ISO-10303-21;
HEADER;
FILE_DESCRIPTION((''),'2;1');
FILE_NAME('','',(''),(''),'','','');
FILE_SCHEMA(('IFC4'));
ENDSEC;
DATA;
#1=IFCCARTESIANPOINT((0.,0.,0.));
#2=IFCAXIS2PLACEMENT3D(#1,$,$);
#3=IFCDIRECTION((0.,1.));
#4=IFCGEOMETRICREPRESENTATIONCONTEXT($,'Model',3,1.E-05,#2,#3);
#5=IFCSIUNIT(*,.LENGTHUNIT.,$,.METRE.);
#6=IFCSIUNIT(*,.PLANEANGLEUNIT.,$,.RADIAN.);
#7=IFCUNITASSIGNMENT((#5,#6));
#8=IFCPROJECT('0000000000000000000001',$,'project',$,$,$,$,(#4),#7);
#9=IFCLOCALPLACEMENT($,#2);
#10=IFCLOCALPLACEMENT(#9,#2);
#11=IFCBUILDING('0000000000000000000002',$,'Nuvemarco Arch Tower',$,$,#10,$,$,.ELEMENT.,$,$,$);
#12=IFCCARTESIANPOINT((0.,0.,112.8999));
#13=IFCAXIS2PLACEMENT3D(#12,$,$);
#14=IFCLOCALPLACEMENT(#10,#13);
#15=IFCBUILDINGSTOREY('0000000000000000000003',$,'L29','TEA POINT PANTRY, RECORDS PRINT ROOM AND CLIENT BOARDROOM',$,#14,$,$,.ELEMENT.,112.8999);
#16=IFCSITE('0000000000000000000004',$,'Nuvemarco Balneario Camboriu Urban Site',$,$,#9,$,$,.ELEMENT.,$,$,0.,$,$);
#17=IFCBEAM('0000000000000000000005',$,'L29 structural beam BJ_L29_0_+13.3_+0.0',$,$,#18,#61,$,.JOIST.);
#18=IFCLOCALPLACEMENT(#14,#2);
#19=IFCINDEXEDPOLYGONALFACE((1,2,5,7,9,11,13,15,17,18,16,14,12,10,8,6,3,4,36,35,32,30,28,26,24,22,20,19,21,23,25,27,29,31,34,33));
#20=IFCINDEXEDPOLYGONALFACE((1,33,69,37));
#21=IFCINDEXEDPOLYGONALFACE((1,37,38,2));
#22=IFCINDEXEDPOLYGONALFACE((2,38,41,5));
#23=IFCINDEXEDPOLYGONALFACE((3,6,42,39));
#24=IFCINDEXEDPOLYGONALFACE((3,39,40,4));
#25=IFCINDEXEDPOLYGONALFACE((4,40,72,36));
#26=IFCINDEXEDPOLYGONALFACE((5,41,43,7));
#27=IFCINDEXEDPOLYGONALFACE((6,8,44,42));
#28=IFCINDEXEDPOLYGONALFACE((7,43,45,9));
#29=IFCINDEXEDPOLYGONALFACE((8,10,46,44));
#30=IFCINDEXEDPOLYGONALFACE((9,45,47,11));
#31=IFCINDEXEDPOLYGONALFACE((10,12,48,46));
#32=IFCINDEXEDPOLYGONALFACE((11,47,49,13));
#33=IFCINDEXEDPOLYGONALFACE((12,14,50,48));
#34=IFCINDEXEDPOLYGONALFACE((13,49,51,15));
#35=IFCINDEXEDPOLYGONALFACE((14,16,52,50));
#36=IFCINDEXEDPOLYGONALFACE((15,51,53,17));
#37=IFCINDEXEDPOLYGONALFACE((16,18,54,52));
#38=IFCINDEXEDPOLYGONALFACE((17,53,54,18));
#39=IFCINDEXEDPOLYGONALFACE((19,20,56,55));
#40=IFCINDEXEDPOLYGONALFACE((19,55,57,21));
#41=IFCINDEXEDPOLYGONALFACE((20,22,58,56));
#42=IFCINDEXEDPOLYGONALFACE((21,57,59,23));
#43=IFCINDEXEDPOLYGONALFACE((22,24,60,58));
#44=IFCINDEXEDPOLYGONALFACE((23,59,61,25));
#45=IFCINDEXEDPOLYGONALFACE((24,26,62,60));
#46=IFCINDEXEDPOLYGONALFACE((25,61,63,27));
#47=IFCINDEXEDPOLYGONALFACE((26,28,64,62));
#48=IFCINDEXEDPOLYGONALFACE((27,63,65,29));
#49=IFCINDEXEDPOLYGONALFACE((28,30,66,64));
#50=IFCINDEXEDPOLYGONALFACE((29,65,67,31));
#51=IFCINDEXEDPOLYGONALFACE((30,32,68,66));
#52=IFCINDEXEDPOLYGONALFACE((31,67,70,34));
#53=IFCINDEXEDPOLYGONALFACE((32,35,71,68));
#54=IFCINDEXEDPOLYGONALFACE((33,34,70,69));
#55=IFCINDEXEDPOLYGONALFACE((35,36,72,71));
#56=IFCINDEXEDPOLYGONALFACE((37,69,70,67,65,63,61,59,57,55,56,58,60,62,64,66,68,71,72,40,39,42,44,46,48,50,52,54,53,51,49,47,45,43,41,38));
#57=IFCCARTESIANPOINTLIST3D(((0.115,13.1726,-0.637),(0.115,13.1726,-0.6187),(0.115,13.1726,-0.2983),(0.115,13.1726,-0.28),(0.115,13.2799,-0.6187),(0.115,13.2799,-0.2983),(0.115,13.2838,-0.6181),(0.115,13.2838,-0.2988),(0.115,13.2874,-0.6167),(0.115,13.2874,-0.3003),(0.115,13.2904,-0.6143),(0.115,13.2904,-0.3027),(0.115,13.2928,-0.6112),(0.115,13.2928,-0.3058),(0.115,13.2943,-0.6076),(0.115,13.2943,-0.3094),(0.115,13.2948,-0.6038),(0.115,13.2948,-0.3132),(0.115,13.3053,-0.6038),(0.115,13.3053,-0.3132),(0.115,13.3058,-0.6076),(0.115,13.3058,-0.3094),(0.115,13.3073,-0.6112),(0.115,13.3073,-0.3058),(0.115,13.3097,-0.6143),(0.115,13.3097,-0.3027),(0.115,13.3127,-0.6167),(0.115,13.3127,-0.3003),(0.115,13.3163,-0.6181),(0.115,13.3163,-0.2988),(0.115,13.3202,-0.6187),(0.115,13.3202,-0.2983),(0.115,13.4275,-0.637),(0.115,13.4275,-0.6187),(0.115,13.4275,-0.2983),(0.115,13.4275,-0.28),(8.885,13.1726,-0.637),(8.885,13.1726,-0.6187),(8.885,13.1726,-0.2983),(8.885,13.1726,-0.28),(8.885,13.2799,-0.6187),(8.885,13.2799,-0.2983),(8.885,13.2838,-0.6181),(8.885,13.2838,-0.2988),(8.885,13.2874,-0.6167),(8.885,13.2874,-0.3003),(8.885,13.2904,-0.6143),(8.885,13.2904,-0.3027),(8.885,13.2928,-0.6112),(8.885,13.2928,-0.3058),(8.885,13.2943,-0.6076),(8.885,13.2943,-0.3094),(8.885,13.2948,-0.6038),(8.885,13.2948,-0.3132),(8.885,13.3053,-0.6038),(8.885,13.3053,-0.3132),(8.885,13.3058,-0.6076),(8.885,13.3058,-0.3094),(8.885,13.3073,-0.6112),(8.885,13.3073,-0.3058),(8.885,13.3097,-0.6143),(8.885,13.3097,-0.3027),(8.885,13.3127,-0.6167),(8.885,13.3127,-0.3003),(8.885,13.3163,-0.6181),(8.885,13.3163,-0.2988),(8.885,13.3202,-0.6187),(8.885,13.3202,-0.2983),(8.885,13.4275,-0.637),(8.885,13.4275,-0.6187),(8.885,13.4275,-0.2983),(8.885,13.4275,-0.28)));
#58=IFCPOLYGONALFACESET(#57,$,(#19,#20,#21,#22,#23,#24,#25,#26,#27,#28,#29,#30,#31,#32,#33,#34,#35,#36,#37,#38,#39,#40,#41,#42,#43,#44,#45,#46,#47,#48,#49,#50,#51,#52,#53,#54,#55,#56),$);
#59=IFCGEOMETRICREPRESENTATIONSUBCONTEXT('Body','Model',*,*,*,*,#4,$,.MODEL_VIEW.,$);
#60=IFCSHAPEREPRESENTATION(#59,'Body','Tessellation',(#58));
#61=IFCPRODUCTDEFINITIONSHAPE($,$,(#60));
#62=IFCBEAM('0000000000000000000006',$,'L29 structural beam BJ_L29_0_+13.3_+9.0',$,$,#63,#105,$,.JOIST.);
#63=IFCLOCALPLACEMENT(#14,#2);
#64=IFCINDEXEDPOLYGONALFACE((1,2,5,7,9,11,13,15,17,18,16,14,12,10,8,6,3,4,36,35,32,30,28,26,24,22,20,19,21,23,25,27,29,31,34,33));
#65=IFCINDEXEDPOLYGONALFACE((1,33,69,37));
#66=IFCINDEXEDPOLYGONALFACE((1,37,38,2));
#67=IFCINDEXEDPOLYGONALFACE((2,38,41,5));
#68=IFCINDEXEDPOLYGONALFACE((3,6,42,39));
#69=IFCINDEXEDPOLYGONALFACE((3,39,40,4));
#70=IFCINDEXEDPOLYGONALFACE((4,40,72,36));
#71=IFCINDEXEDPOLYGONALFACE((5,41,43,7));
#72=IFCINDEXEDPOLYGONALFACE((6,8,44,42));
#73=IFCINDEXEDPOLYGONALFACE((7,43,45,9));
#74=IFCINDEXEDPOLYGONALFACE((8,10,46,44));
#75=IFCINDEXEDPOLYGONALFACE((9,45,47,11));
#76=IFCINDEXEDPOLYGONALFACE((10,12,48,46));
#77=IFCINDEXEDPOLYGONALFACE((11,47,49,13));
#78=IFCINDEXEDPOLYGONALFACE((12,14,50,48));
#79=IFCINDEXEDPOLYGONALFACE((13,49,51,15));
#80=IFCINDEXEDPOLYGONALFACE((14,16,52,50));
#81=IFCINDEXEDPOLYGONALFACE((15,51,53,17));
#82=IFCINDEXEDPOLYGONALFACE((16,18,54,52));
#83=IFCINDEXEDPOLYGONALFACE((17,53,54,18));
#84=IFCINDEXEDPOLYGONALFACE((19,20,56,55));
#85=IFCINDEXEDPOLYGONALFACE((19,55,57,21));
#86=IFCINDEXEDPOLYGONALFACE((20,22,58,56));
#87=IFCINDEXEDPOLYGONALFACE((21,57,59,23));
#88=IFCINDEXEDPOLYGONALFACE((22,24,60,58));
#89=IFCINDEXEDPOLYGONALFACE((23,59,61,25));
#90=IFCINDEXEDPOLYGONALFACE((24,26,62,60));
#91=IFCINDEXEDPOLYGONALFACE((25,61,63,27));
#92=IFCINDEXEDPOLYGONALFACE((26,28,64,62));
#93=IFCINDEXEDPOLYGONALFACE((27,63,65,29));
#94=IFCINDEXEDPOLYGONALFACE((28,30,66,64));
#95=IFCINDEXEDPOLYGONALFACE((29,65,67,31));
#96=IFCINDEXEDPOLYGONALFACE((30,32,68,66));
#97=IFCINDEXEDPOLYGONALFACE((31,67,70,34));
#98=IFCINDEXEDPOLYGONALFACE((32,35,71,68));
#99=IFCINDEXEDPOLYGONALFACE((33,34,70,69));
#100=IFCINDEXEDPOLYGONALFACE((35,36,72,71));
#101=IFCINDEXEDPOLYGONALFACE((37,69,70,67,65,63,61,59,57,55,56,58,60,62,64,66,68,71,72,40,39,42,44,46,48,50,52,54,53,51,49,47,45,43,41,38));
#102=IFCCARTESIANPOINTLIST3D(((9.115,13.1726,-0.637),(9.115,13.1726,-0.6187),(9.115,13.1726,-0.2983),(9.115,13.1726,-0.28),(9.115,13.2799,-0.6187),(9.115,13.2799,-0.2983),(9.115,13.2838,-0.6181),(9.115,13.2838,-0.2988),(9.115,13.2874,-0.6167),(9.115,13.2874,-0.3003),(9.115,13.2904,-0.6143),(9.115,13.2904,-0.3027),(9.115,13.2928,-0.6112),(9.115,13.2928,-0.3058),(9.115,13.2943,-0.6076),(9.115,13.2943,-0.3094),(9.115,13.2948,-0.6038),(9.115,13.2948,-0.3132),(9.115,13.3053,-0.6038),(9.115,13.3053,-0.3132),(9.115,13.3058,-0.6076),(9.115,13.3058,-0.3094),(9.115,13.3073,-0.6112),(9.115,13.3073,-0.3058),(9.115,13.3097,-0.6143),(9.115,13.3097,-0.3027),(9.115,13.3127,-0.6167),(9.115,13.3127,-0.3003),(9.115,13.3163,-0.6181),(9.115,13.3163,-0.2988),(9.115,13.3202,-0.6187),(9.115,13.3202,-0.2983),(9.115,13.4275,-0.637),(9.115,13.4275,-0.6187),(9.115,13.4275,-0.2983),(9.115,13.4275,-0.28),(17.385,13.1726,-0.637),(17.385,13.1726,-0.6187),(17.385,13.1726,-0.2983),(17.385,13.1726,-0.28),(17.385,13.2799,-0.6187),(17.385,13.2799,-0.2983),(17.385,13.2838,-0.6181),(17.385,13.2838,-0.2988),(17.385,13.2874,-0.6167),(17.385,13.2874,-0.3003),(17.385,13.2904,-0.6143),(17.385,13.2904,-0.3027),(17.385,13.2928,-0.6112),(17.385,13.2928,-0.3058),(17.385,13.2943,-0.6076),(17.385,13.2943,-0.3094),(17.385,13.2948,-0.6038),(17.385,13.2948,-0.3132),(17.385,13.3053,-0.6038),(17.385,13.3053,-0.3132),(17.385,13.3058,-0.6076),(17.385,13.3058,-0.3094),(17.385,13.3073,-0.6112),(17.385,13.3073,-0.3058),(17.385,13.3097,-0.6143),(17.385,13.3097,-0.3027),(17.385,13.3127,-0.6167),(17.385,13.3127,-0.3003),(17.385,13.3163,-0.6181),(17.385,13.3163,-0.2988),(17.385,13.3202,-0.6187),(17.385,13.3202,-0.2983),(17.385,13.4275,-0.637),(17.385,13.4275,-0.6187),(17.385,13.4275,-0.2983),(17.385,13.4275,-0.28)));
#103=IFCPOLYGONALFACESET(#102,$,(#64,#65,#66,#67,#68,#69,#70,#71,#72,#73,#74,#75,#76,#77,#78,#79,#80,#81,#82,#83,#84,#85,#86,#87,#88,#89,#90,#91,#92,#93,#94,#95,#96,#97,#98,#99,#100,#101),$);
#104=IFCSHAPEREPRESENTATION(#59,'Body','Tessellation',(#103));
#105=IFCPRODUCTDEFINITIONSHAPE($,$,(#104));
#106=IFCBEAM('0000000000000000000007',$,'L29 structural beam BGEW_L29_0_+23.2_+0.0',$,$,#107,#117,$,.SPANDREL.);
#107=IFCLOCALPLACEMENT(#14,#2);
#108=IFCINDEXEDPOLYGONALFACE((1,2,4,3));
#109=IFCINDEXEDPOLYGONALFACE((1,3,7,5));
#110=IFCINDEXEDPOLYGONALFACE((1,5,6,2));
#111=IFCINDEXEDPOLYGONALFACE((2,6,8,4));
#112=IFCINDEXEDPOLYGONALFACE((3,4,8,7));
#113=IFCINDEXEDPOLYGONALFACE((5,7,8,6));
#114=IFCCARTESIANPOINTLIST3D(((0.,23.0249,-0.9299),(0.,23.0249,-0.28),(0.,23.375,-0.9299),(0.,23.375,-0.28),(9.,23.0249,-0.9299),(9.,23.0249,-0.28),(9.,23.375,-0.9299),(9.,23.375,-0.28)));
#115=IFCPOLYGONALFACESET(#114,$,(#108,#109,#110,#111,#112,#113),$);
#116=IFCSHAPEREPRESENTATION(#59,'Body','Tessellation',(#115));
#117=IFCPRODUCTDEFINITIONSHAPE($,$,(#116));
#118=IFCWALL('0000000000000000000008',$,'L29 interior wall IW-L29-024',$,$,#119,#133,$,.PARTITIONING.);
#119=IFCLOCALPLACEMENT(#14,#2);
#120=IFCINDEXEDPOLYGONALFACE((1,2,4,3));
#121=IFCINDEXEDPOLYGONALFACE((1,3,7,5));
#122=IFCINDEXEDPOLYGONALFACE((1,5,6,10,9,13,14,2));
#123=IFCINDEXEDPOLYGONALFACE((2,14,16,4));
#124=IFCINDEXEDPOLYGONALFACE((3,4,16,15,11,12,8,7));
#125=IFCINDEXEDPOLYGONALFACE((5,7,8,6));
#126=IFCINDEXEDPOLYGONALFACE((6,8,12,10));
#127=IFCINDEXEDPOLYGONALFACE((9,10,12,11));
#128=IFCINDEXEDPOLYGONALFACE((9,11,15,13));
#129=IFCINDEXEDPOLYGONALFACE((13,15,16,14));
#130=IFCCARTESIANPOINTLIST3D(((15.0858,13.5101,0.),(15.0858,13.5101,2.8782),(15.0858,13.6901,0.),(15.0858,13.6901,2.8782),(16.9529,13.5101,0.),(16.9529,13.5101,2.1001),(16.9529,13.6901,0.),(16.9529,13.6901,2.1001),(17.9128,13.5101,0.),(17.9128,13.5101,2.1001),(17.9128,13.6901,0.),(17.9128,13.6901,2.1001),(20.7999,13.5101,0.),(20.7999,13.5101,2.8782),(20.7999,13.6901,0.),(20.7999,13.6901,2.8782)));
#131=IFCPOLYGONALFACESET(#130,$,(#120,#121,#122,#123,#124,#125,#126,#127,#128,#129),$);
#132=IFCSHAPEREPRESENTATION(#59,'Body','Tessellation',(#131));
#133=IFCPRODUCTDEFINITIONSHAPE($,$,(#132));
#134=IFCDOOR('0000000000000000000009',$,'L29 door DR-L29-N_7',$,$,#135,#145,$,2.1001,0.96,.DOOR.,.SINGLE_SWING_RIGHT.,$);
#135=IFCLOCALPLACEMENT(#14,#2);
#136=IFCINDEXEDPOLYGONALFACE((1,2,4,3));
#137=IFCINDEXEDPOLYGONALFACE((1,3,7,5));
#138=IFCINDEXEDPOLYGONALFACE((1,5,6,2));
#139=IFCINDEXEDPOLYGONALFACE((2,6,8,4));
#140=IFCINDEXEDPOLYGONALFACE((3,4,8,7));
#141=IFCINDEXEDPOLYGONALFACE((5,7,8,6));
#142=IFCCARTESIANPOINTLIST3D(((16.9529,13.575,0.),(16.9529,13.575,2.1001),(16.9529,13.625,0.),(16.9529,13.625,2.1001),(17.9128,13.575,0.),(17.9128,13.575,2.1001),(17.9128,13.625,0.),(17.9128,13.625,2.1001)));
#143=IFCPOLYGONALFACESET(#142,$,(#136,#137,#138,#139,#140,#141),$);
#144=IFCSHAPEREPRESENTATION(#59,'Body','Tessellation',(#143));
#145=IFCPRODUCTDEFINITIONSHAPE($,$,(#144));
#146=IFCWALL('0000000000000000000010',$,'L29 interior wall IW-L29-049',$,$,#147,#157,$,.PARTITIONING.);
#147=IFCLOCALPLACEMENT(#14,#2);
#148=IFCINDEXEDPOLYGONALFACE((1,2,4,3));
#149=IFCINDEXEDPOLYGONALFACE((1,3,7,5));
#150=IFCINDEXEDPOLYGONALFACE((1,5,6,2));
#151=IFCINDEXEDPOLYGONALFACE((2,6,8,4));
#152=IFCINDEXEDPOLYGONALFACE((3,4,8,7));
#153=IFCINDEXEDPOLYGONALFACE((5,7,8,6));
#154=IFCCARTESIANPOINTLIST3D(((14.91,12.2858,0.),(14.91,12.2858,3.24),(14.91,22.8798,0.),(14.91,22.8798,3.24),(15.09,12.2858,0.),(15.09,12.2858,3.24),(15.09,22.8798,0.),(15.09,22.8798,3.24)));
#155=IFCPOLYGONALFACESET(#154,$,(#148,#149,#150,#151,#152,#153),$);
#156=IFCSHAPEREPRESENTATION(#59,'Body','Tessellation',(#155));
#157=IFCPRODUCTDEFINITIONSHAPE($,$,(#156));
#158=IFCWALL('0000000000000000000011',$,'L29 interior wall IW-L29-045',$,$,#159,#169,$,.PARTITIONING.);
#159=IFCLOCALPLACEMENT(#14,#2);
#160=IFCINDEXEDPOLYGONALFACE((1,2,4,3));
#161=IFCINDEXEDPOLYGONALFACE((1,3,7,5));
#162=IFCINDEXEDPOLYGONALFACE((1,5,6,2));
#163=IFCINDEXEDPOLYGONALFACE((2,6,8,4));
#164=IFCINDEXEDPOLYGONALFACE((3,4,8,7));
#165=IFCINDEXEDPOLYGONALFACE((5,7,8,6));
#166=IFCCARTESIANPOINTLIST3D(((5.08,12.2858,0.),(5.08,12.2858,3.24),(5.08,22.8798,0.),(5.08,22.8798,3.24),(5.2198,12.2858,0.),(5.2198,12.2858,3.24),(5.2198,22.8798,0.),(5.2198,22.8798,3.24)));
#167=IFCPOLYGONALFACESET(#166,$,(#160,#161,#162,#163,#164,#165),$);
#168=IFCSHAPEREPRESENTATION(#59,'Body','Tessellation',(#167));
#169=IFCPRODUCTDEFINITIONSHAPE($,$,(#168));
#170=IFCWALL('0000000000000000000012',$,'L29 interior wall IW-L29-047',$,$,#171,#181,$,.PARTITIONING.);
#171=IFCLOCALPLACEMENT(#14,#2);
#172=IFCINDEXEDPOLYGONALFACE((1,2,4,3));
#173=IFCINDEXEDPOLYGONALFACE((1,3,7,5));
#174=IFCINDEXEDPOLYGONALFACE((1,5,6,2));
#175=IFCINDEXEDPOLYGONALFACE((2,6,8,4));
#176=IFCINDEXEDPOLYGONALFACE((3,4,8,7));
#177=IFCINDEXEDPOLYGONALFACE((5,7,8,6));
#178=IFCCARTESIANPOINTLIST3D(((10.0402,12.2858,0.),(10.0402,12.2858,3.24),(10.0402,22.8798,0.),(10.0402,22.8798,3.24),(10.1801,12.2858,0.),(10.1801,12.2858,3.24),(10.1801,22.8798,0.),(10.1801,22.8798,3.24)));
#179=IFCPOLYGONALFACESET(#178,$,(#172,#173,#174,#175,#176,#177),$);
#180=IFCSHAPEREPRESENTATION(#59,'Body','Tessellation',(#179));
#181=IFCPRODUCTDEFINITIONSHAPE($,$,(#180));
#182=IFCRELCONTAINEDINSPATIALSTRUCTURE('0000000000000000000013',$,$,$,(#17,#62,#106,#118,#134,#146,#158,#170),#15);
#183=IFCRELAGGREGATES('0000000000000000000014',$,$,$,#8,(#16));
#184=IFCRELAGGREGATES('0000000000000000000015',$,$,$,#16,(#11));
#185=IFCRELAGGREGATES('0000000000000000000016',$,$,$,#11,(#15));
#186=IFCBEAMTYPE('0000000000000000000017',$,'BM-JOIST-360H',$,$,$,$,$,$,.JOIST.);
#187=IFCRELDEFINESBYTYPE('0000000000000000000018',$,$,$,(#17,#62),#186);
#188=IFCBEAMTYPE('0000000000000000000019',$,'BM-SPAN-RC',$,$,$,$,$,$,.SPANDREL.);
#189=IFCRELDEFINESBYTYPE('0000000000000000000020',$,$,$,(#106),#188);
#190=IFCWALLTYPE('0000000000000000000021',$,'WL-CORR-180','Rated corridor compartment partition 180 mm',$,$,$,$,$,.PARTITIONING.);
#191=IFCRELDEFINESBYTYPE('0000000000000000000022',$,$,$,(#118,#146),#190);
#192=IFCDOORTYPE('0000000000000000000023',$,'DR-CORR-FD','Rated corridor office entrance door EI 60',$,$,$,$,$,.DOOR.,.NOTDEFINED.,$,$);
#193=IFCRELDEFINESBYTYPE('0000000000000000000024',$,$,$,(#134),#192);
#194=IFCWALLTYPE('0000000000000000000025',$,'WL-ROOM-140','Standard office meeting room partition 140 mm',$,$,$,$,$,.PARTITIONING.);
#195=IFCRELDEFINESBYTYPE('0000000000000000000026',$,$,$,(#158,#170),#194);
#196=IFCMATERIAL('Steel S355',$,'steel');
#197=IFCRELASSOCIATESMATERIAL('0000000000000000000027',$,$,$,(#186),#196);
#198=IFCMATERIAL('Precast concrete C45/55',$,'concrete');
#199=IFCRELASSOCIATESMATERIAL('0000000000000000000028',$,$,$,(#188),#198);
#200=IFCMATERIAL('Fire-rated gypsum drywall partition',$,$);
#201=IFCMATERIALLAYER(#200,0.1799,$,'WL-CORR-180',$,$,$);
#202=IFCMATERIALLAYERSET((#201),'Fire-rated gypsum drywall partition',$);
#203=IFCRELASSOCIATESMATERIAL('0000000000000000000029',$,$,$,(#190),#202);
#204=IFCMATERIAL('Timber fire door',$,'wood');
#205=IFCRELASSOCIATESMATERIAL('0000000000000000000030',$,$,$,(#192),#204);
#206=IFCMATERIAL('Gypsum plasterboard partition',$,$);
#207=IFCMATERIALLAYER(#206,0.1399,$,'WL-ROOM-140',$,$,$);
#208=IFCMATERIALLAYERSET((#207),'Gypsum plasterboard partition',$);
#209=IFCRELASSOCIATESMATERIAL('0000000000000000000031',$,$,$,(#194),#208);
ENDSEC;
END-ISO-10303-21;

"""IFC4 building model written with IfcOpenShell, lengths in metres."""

from ifc_helpers import new_model, si_unit, direction, frame, frame_2d, origin, origin_2d, place, context, subcontext, project, spatial, rectangle, i_section, extrude, source, transform, mapped, material, layer, layer_set, material_profile, profile_set, type_object, type_shapes, element, fill, save


model = new_model("IFC4")

# Units and contexts
model_context = context("Model", 3, precision=1e-05, world=origin(), true_north=direction((0.0, 1.0)))
body_context = subcontext(model_context, "Body", "Model", "MODEL_VIEW")
ifc_project = project(units=[si_unit("LENGTHUNIT", "METRE"), si_unit("PLANEANGLEUNIT", "RADIAN")], contexts=[model_context])

# Site, building, storey
site_placement = place(None, origin())
site = spatial("IfcSite", under=ifc_project, at=site_placement, Name="Nuvemarco Balneario Camboriu Urban Site", CompositionType="ELEMENT", RefElevation=0.0)
building_placement = place(site_placement, origin())
building = spatial("IfcBuilding", under=site, at=building_placement, Name="Nuvemarco Arch Tower", CompositionType="ELEMENT")
storey_placement = place(building_placement, frame((0.0, 0.0, 112.8999)))
storey = spatial("IfcBuildingStorey", under=building, at=storey_placement, Name="L29", Description="TEA POINT PANTRY, RECORDS PRINT ROOM AND CLIENT BOARDROOM", CompositionType="ELEMENT", Elevation=112.8999)

# Shared definitions
ifc_material_1 = material(Name="Steel S355", Category="steel")

# Beams
ifc_material_profile_1 = material_profile(ifc_material_1, i_section(OverallWidth=0.2549, OverallDepth=0.3569, WebThickness=0.0105, FlangeThickness=0.0183, FilletRadius=0.0149, at=origin_2d()), Name="W360x101")
ifc_profile_set_1 = profile_set([ifc_material_profile_1], Name="Steel S355")
beam_type_1 = type_object("IfcBeamType", Name="BM-JOIST-360H", PredefinedType="JOIST", material=ifc_profile_set_1)
beam_1_placement = place(storey_placement, frame((0.115, 13.3, -0.4585), z_axis=(1.0, 0.0, 0.0), x_axis=(0.0, 1.0, 0.0)))
element("IfcBeam", 1, at=beam_1_placement, inside=storey, type_object=beam_type_1, Name="L29 structural beam BJ_L29_0_+13.3_+0.0", PredefinedType="JOIST", context=body_context, shape_type="SweptSolid", body=[
    extrude(i_section(OverallWidth=0.2549, OverallDepth=0.3569, WebThickness=0.0105, FlangeThickness=0.0183, FilletRadius=0.0149, at=origin_2d()), origin(), (0.0, 0.0, 1.0), 8.77),
])
beam_2_placement = place(storey_placement, frame((9.115, 13.3, -0.4585), z_axis=(1.0, 0.0, 0.0), x_axis=(0.0, 1.0, 0.0)))
element("IfcBeam", 2, at=beam_2_placement, inside=storey, type_object=beam_type_1, Name="L29 structural beam BJ_L29_0_+13.3_+9.0", PredefinedType="JOIST", context=body_context, shape_type="SweptSolid", body=[
    extrude(i_section(OverallWidth=0.2549, OverallDepth=0.3569, WebThickness=0.0105, FlangeThickness=0.0183, FilletRadius=0.0149, at=origin_2d()), origin(), (0.0, 0.0, 1.0), 8.27),
])
ifc_material_2 = material(Name="Precast concrete C45/55", Category="concrete")
ifc_material_profile_2 = material_profile(ifc_material_2, rectangle(XDim=0.3501, YDim=0.6499, at=origin_2d()), Name="PC-SP-350x650")
ifc_profile_set_2 = profile_set([ifc_material_profile_2], Name="Precast concrete C45/55")
beam_type_2 = type_object("IfcBeamType", Name="BM-SPAN-RC", PredefinedType="SPANDREL", material=ifc_profile_set_2)
beam_3_placement = place(storey_placement, frame((0.0, 23.2, -0.605), z_axis=(1.0, 0.0, 0.0), x_axis=(0.0, 1.0, 0.0)))
element("IfcBeam", 3, at=beam_3_placement, inside=storey, type_object=beam_type_2, Name="L29 structural beam BGEW_L29_0_+23.2_+0.0", PredefinedType="SPANDREL", context=body_context, shape_type="SweptSolid", body=[
    extrude(rectangle(XDim=0.3501, YDim=0.6499, at=origin_2d()), origin(), (0.0, 0.0, 1.0), 9.0),
])

# Wall, opening, door
ifc_material_3 = material(Name="Fire-rated gypsum drywall partition")
ifc_layer_1 = layer(ifc_material_3, 0.1799, Name="WL-CORR-180")
ifc_layer_set_1 = layer_set([ifc_layer_1], Name="Fire-rated gypsum drywall partition")
wall_type_1 = type_object("IfcWallType", Name="WL-CORR-180", Description="Rated corridor compartment partition 180 mm", PredefinedType="PARTITIONING", material=ifc_layer_set_1)
wall_1_placement = place(storey_placement, frame((15.0859, 13.6001, 0.0), z_axis=(0.0, 0.0, 1.0), x_axis=(1.0, 0.0, 0.0)))
wall_1 = element("IfcWall", 4, at=wall_1_placement, inside=storey, type_object=wall_type_1, Name="L29 interior wall IW-L29-024", PredefinedType="PARTITIONING", context=body_context, shape_type="SweptSolid", body=[
    extrude(rectangle(XDim=5.7141, YDim=0.1799, at=frame_2d((2.8569, 0.0))), origin(), (0.0, 0.0, 1.0), 2.8782),
])
opening_placement = place(wall_1_placement, frame((1.8669, 0.0, 0.0)))
opening = element("IfcOpeningElement", 5, at=opening_placement, cuts=wall_1, PredefinedType="OPENING", context=body_context, shape_type="SweptSolid", body=[
    extrude(rectangle(XDim=0.96, YDim=2.1001, at=frame_2d((0.48, 1.05))), frame((0.0, 0.0999, 0.0), z_axis=(0.0, -1.0, 0.0), x_axis=(1.0, 0.0, 0.0)), (0.0, 0.0, 1.0), 0.2),
])
ifc_material_4 = material(Name="Timber fire door", Category="wood")
door_type = type_object("IfcDoorType", Name="DR-CORR-FD", Description="Rated corridor office entrance door EI 60", OperationType="NOTDEFINED", PredefinedType="DOOR", material=ifc_material_4)
shared_shape_1 = source(origin(), body_context, "Body", "SweptSolid", [
    extrude(rectangle(XDim=0.96, YDim=2.1001, at=frame_2d((0.48, 1.05))), frame((0.0, 0.0249, 0.0), z_axis=(0.0, -1.0, 0.0), x_axis=(1.0, 0.0, 0.0)), (0.0, 0.0, 1.0), 0.05),
])
type_shapes(door_type, [shared_shape_1])
door_placement = place(opening_placement, origin())
door = element("IfcDoor", 6, at=door_placement, inside=storey, type_object=door_type, Name="L29 door DR-L29-N_7", OperationType="SINGLE_SWING_RIGHT", OverallHeight=2.1001, OverallWidth=0.96, PredefinedType="DOOR", context=body_context, shape_type="MappedRepresentation", body=[
    mapped(shared_shape_1, transform((0.0, 0.0, 0.0), scale=1.0)),
])
fill(opening, door)

# Walls
wall_2_placement = place(storey_placement, frame((15.0, 12.2859, 0.0), z_axis=(0.0, 0.0, 1.0), x_axis=(0.0, 1.0, 0.0)))
element("IfcWall", 7, at=wall_2_placement, inside=storey, type_object=wall_type_1, Name="L29 interior wall IW-L29-049", PredefinedType="PARTITIONING", context=body_context, shape_type="SweptSolid", body=[
    extrude(rectangle(XDim=10.594, YDim=0.1799, at=frame_2d((5.2969, 0.0))), origin(), (0.0, 0.0, 1.0), 3.24),
])
ifc_material_5 = material(Name="Gypsum plasterboard partition")
ifc_layer_2 = layer(ifc_material_5, 0.1399, Name="WL-ROOM-140")
ifc_layer_set_2 = layer_set([ifc_layer_2], Name="Gypsum plasterboard partition")
wall_type_2 = type_object("IfcWallType", Name="WL-ROOM-140", Description="Standard office meeting room partition 140 mm", PredefinedType="PARTITIONING", material=ifc_layer_set_2)
for number, where, z_axis, x_axis, name in (
    (8, (5.1499, 12.2859, 0.0), (0.0, 0.0, 1.0), (0.0, 1.0, 0.0), "L29 interior wall IW-L29-045"),
    (9, (10.1101, 12.2859, 0.0), (0.0, 0.0, 1.0), (0.0, 1.0, 0.0), "L29 interior wall IW-L29-047"),
):
    element("IfcWall", number, at=place(storey_placement, frame(where, z_axis=z_axis, x_axis=x_axis)), inside=storey, type_object=wall_type_2, Name=name, PredefinedType="PARTITIONING", context=body_context, shape_type="SweptSolid", body=[
        extrude(rectangle(XDim=10.594, YDim=0.1399, at=frame_2d((5.2969, 0.0))), origin(), (0.0, 0.0, 1.0), 3.24),
    ])

save(model, "model.ifc")
